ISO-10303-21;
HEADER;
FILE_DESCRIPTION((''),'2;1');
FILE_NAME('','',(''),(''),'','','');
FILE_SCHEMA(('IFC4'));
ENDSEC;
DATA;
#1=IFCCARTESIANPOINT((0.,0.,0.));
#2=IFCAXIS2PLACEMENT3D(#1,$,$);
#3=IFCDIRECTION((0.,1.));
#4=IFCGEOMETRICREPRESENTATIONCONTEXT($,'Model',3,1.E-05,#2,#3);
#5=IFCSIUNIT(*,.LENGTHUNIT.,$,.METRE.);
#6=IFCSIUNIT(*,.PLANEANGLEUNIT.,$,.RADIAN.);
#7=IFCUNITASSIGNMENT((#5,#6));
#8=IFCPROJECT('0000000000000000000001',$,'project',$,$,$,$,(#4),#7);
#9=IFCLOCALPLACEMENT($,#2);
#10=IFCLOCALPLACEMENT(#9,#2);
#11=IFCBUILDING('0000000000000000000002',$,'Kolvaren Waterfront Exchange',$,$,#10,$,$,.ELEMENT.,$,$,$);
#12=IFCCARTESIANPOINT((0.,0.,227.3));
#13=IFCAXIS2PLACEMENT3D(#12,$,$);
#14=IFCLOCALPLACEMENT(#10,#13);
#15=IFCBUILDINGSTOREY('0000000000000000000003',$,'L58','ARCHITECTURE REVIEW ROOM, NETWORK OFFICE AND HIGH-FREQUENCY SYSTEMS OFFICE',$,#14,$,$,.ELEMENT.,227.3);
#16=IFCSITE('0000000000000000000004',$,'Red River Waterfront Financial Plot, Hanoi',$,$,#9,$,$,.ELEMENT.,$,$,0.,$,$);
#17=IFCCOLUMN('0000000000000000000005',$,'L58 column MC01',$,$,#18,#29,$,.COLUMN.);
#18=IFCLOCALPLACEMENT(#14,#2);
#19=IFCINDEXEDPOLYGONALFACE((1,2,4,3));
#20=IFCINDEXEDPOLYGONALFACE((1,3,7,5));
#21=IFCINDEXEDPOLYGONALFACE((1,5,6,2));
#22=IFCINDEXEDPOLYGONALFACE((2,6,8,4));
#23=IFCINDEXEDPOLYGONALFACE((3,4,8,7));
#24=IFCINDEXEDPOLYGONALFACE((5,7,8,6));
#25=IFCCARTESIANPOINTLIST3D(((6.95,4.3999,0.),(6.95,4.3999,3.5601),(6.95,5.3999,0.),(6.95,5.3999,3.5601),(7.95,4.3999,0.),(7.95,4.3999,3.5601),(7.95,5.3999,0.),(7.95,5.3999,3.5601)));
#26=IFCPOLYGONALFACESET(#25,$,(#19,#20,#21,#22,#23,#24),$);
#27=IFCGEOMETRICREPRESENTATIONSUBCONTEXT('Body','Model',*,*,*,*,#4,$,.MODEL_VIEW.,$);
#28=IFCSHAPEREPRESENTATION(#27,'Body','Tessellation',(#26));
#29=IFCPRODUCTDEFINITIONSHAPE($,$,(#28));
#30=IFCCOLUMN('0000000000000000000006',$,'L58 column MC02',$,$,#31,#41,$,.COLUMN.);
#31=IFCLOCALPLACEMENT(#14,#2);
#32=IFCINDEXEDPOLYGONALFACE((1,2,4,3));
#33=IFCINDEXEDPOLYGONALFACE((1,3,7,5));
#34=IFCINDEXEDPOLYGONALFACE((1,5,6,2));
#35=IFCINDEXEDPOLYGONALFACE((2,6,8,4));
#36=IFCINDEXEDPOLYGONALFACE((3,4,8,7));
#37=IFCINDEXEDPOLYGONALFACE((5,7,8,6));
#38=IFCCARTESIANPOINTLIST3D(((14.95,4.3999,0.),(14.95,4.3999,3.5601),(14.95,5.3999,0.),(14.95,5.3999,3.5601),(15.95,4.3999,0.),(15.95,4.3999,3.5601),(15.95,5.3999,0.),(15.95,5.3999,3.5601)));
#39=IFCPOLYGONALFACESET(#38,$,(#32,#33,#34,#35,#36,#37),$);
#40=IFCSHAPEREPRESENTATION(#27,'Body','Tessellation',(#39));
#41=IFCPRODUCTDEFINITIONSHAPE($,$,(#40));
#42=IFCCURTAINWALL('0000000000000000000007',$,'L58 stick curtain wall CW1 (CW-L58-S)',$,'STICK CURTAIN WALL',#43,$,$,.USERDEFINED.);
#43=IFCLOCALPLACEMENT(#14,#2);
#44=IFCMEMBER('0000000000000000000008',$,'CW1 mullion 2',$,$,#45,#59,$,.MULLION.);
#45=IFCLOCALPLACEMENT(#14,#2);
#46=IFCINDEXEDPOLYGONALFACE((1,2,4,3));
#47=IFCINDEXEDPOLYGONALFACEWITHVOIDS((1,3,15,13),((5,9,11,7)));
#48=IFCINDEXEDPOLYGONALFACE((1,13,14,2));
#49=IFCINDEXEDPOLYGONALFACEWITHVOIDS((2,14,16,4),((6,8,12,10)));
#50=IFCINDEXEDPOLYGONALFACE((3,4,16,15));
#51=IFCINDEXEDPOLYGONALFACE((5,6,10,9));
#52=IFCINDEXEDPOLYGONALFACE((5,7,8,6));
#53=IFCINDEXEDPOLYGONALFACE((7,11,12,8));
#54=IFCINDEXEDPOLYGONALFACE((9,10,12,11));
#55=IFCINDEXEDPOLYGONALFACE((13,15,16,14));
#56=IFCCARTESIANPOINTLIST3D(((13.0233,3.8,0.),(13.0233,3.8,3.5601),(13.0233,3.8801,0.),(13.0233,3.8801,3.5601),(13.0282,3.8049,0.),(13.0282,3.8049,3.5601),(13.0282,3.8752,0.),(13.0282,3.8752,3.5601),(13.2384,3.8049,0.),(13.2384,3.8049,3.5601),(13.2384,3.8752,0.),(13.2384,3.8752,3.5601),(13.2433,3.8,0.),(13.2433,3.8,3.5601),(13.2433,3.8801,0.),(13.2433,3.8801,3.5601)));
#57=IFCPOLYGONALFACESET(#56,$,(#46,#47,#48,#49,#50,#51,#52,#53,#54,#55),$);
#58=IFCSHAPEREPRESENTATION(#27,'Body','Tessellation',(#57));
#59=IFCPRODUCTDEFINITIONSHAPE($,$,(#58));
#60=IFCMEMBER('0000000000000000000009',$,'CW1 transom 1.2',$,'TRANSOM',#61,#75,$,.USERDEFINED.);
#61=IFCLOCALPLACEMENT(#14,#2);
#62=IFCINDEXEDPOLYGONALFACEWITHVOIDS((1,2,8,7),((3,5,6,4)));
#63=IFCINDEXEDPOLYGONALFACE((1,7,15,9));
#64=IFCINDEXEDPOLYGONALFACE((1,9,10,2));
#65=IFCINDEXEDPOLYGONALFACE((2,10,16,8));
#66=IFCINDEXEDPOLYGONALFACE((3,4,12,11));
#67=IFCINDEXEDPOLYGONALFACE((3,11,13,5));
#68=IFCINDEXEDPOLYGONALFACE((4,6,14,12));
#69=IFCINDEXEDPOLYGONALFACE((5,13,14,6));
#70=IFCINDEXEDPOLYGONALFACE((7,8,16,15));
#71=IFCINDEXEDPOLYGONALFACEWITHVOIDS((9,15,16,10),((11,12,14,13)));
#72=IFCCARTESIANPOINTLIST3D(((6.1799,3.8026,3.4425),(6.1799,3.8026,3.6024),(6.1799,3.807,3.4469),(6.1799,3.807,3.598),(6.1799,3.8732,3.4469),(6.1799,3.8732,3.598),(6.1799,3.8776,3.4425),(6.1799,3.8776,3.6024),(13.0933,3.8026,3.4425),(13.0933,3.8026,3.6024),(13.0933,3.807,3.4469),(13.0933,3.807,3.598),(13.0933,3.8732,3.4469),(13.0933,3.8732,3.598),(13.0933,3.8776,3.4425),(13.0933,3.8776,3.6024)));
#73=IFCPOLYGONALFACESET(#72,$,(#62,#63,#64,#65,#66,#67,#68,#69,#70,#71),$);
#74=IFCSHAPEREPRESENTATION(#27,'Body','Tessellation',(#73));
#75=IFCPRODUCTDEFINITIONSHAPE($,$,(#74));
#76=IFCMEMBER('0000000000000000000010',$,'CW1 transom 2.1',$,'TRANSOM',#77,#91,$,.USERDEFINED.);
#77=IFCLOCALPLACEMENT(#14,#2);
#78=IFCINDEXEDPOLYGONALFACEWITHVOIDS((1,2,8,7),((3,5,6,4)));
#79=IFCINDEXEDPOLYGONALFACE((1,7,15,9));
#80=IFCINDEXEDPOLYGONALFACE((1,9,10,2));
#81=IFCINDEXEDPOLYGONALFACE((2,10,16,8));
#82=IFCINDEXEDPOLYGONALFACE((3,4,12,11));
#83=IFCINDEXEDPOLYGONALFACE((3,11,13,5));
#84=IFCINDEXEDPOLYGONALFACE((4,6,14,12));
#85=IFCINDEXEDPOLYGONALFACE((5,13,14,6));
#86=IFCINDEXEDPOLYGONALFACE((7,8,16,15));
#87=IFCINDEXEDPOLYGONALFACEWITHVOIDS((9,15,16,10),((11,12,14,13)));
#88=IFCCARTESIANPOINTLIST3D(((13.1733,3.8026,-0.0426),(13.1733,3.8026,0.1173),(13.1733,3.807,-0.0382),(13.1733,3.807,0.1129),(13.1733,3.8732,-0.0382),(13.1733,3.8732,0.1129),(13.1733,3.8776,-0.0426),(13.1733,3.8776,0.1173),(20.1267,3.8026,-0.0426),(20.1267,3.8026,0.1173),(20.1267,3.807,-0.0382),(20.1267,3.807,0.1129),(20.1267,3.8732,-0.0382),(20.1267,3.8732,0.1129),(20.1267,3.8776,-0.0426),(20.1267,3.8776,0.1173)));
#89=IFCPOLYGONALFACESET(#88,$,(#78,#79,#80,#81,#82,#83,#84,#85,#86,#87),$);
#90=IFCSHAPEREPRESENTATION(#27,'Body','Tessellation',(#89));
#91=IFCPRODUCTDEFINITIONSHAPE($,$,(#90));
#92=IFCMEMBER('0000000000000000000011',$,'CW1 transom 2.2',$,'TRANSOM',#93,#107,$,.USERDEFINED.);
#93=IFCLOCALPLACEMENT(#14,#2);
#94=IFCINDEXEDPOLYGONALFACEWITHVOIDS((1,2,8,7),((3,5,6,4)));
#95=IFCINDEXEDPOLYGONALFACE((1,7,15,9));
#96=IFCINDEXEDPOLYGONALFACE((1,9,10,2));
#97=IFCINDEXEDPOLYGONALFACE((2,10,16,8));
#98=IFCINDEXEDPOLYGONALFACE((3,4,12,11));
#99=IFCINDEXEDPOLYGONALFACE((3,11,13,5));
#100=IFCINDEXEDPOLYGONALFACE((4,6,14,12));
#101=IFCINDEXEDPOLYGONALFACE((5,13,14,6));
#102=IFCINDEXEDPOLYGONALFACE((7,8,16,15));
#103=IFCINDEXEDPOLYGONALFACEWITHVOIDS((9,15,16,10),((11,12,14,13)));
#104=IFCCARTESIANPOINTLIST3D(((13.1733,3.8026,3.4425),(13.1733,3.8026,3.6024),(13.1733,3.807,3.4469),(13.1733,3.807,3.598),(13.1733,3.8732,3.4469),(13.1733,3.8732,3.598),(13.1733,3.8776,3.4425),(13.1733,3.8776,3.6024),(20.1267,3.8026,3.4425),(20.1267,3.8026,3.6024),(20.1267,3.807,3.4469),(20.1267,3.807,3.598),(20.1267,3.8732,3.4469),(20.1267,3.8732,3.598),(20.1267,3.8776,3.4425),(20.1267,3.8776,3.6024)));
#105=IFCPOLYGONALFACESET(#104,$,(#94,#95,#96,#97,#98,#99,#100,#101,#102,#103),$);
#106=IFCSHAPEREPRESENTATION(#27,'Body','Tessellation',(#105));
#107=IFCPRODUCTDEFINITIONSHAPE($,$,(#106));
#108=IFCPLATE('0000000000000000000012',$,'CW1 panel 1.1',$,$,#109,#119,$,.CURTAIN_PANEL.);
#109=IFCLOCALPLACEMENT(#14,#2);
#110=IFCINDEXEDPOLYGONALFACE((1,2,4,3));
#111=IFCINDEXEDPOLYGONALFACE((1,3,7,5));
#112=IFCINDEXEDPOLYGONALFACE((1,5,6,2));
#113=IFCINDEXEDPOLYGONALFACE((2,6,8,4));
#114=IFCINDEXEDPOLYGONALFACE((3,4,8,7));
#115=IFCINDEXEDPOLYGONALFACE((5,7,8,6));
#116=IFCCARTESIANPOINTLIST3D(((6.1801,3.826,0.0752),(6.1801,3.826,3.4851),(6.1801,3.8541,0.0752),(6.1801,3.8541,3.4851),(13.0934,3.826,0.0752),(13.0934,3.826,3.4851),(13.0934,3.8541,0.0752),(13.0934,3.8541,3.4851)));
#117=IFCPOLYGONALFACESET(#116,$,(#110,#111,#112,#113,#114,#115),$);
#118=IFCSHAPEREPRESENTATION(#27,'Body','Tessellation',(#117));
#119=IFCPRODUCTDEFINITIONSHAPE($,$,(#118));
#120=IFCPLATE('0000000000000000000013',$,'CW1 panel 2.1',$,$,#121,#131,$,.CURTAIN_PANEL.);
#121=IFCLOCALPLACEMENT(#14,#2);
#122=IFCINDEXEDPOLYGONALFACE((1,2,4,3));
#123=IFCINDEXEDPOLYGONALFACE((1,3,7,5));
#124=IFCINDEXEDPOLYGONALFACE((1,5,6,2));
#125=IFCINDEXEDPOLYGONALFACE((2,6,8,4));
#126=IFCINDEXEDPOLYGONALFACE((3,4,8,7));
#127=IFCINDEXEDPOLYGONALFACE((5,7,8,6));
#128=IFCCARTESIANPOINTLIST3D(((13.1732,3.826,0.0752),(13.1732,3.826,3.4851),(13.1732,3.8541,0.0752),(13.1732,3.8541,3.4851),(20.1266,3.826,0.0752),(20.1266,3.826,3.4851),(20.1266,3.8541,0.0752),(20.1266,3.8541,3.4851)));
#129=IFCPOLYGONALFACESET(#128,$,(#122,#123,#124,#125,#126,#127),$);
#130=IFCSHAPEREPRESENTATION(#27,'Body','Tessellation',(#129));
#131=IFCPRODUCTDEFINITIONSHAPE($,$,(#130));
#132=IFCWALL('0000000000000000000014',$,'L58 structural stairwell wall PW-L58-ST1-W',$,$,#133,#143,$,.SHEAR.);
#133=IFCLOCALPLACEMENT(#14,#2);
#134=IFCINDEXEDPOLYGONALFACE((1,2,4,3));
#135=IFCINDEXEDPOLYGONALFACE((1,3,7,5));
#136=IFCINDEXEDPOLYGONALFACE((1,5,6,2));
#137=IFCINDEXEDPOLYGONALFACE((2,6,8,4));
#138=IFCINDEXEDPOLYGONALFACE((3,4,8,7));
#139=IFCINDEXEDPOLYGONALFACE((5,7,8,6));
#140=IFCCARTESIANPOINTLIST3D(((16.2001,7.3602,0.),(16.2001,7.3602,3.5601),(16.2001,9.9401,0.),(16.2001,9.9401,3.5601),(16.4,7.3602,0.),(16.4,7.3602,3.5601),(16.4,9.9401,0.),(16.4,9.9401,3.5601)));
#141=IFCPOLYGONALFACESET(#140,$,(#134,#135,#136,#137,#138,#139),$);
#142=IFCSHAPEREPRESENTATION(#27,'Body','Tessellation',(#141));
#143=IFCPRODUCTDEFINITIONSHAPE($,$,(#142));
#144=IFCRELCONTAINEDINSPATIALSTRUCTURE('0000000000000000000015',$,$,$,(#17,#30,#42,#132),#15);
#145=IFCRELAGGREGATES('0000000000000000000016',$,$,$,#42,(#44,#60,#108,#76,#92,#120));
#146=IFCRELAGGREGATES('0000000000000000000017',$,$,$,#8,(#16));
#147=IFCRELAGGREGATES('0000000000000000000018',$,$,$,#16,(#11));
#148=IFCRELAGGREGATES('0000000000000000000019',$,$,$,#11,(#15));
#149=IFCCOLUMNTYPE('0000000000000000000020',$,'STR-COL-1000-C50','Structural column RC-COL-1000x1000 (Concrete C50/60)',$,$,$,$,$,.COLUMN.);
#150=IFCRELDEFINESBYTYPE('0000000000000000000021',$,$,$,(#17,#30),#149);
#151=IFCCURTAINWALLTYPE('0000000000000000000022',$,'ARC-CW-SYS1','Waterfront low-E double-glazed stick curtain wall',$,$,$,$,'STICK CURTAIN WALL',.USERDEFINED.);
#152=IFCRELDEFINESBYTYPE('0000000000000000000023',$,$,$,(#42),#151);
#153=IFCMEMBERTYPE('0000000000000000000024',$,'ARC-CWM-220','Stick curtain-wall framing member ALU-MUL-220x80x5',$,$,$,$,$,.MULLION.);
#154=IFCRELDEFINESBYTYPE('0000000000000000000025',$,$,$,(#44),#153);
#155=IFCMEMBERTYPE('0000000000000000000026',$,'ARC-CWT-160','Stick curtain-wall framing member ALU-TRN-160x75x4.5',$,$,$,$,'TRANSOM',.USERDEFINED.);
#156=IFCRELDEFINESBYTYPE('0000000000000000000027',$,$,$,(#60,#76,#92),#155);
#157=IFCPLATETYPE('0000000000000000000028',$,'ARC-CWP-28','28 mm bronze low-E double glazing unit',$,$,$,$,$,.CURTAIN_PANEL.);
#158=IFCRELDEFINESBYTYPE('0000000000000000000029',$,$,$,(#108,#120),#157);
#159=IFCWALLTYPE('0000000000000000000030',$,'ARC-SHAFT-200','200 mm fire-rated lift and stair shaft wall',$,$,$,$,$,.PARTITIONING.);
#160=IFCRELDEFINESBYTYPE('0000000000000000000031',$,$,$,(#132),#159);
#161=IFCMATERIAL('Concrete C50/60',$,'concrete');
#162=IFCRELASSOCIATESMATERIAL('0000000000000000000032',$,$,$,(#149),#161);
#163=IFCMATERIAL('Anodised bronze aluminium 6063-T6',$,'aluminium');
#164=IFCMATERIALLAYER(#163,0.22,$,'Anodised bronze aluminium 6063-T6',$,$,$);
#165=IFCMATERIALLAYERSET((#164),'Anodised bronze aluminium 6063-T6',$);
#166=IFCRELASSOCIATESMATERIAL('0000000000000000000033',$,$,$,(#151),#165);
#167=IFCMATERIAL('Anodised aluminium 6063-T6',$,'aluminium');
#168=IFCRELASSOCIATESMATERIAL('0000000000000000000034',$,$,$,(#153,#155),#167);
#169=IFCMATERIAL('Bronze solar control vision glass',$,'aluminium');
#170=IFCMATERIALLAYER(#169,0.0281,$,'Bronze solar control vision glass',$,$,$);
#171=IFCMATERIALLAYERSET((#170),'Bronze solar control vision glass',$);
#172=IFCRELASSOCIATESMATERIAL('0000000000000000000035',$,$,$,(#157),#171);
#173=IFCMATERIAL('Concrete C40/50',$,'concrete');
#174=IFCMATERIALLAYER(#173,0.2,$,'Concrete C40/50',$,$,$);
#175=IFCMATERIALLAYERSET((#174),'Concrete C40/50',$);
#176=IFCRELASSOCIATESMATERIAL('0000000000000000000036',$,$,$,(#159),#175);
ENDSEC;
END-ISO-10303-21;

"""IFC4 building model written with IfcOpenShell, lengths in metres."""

from ifc_helpers import new_model, si_unit, direction, frame, frame_2d, origin, origin_with_axes, origin_2d, place, context, subcontext, project, spatial, rectangle, hollow_rectangle, extrude, source, transform, mapped, material, layer, layer_set, material_profile, profile_set, type_object, element, aggregate, save


model = new_model("IFC4")

# Units and contexts
model_context = context("Model", 3, precision=1e-05, world=origin(), true_north=direction((0.0, 1.0)))
body_context = subcontext(model_context, "Body", "Model", "MODEL_VIEW")
ifc_project = project(units=[si_unit("LENGTHUNIT", "METRE"), si_unit("PLANEANGLEUNIT", "RADIAN")], contexts=[model_context])

# Site, building, storey
site_placement = place(None, origin())
site = spatial("IfcSite", under=ifc_project, at=site_placement, Name="Red River Waterfront Financial Plot, Hanoi", CompositionType="ELEMENT", RefElevation=0.0)
building_placement = place(site_placement, origin())
building = spatial("IfcBuilding", under=site, at=building_placement, Name="Kolvaren Waterfront Exchange", CompositionType="ELEMENT")
storey_placement = place(building_placement, frame((0.0, 0.0, 227.3)))
storey = spatial("IfcBuildingStorey", under=building, at=storey_placement, Name="L58", Description="ARCHITECTURE REVIEW ROOM, NETWORK OFFICE AND HIGH-FREQUENCY SYSTEMS OFFICE", CompositionType="ELEMENT", Elevation=227.3)

# Columns
ifc_material_1 = material(Name="Concrete C50/60", Category="concrete")
ifc_material_profile_1 = material_profile(ifc_material_1, rectangle(XDim=1.0, YDim=1.0, at=origin_2d()), Name="RC-COL-1000x1000")
ifc_profile_set_1 = profile_set([ifc_material_profile_1], Name="Concrete C50/60")
column_type = type_object("IfcColumnType", Name="STR-COL-1000-C50", Description="Structural column RC-COL-1000x1000 (Concrete C50/60)", PredefinedType="COLUMN", material=ifc_profile_set_1)
for number, where, z_axis, x_axis, name in (
    (1, (7.45, 4.8999, 0.0), (0.0, 0.0, 1.0), (1.0, 0.0, 0.0), "L58 column MC01"),
    (2, (15.45, 4.8999, 0.0), (0.0, 0.0, 1.0), (1.0, 0.0, 0.0), "L58 column MC02"),
):
    element("IfcColumn", number, at=place(storey_placement, frame(where, z_axis=z_axis, x_axis=x_axis)), inside=storey, type_object=column_type, Name=name, PredefinedType="COLUMN", context=body_context, shape_type="SweptSolid", body=[
        extrude(rectangle(XDim=1.0, YDim=1.0, at=origin_2d()), origin(), (0.0, 0.0, 1.0), 3.5601),
    ])

# Curtain wall, members, plates
ifc_material_2 = material(Name="Anodised bronze aluminium 6063-T6", Category="aluminium")
ifc_layer_1 = layer(ifc_material_2, 0.22, Name="Anodised bronze aluminium 6063-T6")
ifc_layer_set_1 = layer_set([ifc_layer_1], Name="Anodised bronze aluminium 6063-T6")
curtain_wall_type = type_object("IfcCurtainWallType", Name="ARC-CW-SYS1", Description="Waterfront low-E double-glazed stick curtain wall", ElementType="STICK CURTAIN WALL", PredefinedType="USERDEFINED", material=ifc_layer_set_1)
curtain_wall_placement = place(storey_placement, origin())
curtain_wall = element("IfcCurtainWall", 3, at=curtain_wall_placement, inside=storey, type_object=curtain_wall_type, Name="L58 stick curtain wall CW1 (CW-L58-S)", ObjectType="STICK CURTAIN WALL", PredefinedType="USERDEFINED")
ifc_material_3 = material(Name="Anodised aluminium 6063-T6", Category="aluminium")
ifc_material_profile_2 = material_profile(ifc_material_3, hollow_rectangle(XDim=0.0801, YDim=0.22, WallThickness=0.0049, at=origin_2d()), Name="ALU-MUL-220x80x5")
ifc_profile_set_2 = profile_set([ifc_material_profile_2], Name="Anodised aluminium 6063-T6")
member_type_1 = type_object("IfcMemberType", Name="ARC-CWM-220", Description="Stick curtain-wall framing member ALU-MUL-220x80x5", PredefinedType="MULLION", material=ifc_profile_set_2)
shared_shape_1 = source(origin_with_axes(), body_context, "Body", "SweptSolid", [
    extrude(hollow_rectangle(XDim=0.0801, YDim=0.22, WallThickness=0.0049, at=origin_2d()), origin(), (0.0, 0.0, 1.0), 3.5601),
])
member_1_placement = place(storey_placement, frame((13.1333, 3.8401, 0.0), z_axis=(0.0, 0.0, 1.0), x_axis=(0.0, 1.0, 0.0)))
member_1 = element("IfcMember", 4, at=member_1_placement, type_object=member_type_1, Name="CW1 mullion 2", PredefinedType="MULLION", context=body_context, shape_type="MappedRepresentation", body=[
    mapped(shared_shape_1, transform((0.0, 0.0, 0.0), x_axis=(1.0, 0.0, 0.0), y_axis=(0.0, 1.0, 0.0), z_axis=(0.0, 0.0, 1.0), scale=1.0)),
])
ifc_material_profile_3 = material_profile(ifc_material_3, hollow_rectangle(XDim=0.075, YDim=0.1599, WallThickness=0.0044, at=origin_2d()), Name="ALU-TRN-160x75x4.5")
ifc_profile_set_3 = profile_set([ifc_material_profile_3], Name="Anodised aluminium 6063-T6")
member_type_2 = type_object("IfcMemberType", Name="ARC-CWT-160", Description="Stick curtain-wall framing member ALU-TRN-160x75x4.5", ElementType="TRANSOM", PredefinedType="USERDEFINED", material=ifc_profile_set_3)
shared_shape_2 = source(origin_with_axes(), body_context, "Body", "SweptSolid", [
    extrude(hollow_rectangle(XDim=0.075, YDim=0.1599, WallThickness=0.0044, at=origin_2d()), origin(), (0.0, 0.0, 1.0), 6.9133),
])
member_2_placement = place(storey_placement, frame((6.1799, 3.8401, 3.5225), z_axis=(1.0, 0.0, 0.0), x_axis=(0.0, 1.0, 0.0)))
member_2 = element("IfcMember", 5, at=member_2_placement, type_object=member_type_2, Name="CW1 transom 1.2", ObjectType="TRANSOM", PredefinedType="USERDEFINED", context=body_context, shape_type="MappedRepresentation", body=[
    mapped(shared_shape_2, transform((0.0, 0.0, 0.0), x_axis=(1.0, 0.0, 0.0), y_axis=(0.0, 1.0, 0.0), z_axis=(0.0, 0.0, 1.0), scale=1.0)),
])
shared_shape_3 = source(origin_with_axes(), body_context, "Body", "SweptSolid", [
    extrude(hollow_rectangle(XDim=0.075, YDim=0.1599, WallThickness=0.0044, at=origin_2d()), origin(), (0.0, 0.0, 1.0), 6.9534),
])
member_3_placement = place(storey_placement, frame((13.1733, 3.8401, 0.0374), z_axis=(1.0, 0.0, 0.0), x_axis=(0.0, 1.0, 0.0)))
member_3 = element("IfcMember", 6, at=member_3_placement, type_object=member_type_2, Name="CW1 transom 2.1", ObjectType="TRANSOM", PredefinedType="USERDEFINED", context=body_context, shape_type="MappedRepresentation", body=[
    mapped(shared_shape_3, transform((0.0, 0.0, 0.0), x_axis=(1.0, 0.0, 0.0), y_axis=(0.0, 1.0, 0.0), z_axis=(0.0, 0.0, 1.0), scale=1.0)),
])
member_4_placement = place(storey_placement, frame((13.1733, 3.8401, 3.5225), z_axis=(1.0, 0.0, 0.0), x_axis=(0.0, 1.0, 0.0)))
member_4 = element("IfcMember", 7, at=member_4_placement, type_object=member_type_2, Name="CW1 transom 2.2", ObjectType="TRANSOM", PredefinedType="USERDEFINED", context=body_context, shape_type="MappedRepresentation", body=[
    mapped(shared_shape_3, transform((0.0, 0.0, 0.0), x_axis=(1.0, 0.0, 0.0), y_axis=(0.0, 1.0, 0.0), z_axis=(0.0, 0.0, 1.0), scale=1.0)),
])
ifc_material_4 = material(Name="Bronze solar control vision glass", Category="aluminium")
ifc_layer_2 = layer(ifc_material_4, 0.0281, Name="Bronze solar control vision glass")
ifc_layer_set_2 = layer_set([ifc_layer_2], Name="Bronze solar control vision glass")
plate_type = type_object("IfcPlateType", Name="ARC-CWP-28", Description="28 mm bronze low-E double glazing unit", PredefinedType="CURTAIN_PANEL", material=ifc_layer_set_2)
shared_shape_4 = source(origin_with_axes(), body_context, "Body", "SweptSolid", [
    extrude(rectangle(XDim=6.9133, YDim=0.0281, at=origin_2d()), origin(), (0.0, 0.0, 1.0), 3.4099),
])
plate_1_placement = place(storey_placement, frame((9.6367, 3.8401, 0.0752), z_axis=(0.0, 0.0, 1.0), x_axis=(1.0, 0.0, 0.0)))
plate_1 = element("IfcPlate", 8, at=plate_1_placement, type_object=plate_type, Name="CW1 panel 1.1", PredefinedType="CURTAIN_PANEL", context=body_context, shape_type="MappedRepresentation", body=[
    mapped(shared_shape_4, transform((0.0, 0.0, 0.0), x_axis=(1.0, 0.0, 0.0), y_axis=(0.0, 1.0, 0.0), z_axis=(0.0, 0.0, 1.0), scale=1.0)),
])
shared_shape_5 = source(origin_with_axes(), body_context, "Body", "SweptSolid", [
    extrude(rectangle(XDim=6.9534, YDim=0.0281, at=origin_2d()), origin(), (0.0, 0.0, 1.0), 3.4099),
])
plate_2_placement = place(storey_placement, frame((16.6499, 3.8401, 0.0752), z_axis=(0.0, 0.0, 1.0), x_axis=(1.0, 0.0, 0.0)))
plate_2 = element("IfcPlate", 9, at=plate_2_placement, type_object=plate_type, Name="CW1 panel 2.1", PredefinedType="CURTAIN_PANEL", context=body_context, shape_type="MappedRepresentation", body=[
    mapped(shared_shape_5, transform((0.0, 0.0, 0.0), x_axis=(1.0, 0.0, 0.0), y_axis=(0.0, 1.0, 0.0), z_axis=(0.0, 0.0, 1.0), scale=1.0)),
])
aggregate(curtain_wall, [member_1, member_2, plate_1, member_3, member_4, plate_2])

# Wall
ifc_material_5 = material(Name="Concrete C40/50", Category="concrete")
ifc_layer_3 = layer(ifc_material_5, 0.2, Name="Concrete C40/50")
ifc_layer_set_3 = layer_set([ifc_layer_3], Name="Concrete C40/50")
wall_type_1 = type_object("IfcWallType", Name="ARC-SHAFT-200", Description="200 mm fire-rated lift and stair shaft wall", PredefinedType="PARTITIONING", material=ifc_layer_set_3)
wall_1_placement = place(storey_placement, frame((16.3, 7.3601, 0.0), z_axis=(0.0, 0.0, 1.0), x_axis=(0.0, 1.0, 0.0)))
element("IfcWall", 10, at=wall_1_placement, inside=storey, type_object=wall_type_1, Name="L58 structural stairwell wall PW-L58-ST1-W", PredefinedType="SHEAR", context=body_context, shape_type="SweptSolid", body=[
    extrude(rectangle(XDim=2.5798, YDim=0.2, at=frame_2d((1.29, 0.0))), origin(), (0.0, 0.0, 1.0), 3.5601),
])

save(model, "model.ifc")
